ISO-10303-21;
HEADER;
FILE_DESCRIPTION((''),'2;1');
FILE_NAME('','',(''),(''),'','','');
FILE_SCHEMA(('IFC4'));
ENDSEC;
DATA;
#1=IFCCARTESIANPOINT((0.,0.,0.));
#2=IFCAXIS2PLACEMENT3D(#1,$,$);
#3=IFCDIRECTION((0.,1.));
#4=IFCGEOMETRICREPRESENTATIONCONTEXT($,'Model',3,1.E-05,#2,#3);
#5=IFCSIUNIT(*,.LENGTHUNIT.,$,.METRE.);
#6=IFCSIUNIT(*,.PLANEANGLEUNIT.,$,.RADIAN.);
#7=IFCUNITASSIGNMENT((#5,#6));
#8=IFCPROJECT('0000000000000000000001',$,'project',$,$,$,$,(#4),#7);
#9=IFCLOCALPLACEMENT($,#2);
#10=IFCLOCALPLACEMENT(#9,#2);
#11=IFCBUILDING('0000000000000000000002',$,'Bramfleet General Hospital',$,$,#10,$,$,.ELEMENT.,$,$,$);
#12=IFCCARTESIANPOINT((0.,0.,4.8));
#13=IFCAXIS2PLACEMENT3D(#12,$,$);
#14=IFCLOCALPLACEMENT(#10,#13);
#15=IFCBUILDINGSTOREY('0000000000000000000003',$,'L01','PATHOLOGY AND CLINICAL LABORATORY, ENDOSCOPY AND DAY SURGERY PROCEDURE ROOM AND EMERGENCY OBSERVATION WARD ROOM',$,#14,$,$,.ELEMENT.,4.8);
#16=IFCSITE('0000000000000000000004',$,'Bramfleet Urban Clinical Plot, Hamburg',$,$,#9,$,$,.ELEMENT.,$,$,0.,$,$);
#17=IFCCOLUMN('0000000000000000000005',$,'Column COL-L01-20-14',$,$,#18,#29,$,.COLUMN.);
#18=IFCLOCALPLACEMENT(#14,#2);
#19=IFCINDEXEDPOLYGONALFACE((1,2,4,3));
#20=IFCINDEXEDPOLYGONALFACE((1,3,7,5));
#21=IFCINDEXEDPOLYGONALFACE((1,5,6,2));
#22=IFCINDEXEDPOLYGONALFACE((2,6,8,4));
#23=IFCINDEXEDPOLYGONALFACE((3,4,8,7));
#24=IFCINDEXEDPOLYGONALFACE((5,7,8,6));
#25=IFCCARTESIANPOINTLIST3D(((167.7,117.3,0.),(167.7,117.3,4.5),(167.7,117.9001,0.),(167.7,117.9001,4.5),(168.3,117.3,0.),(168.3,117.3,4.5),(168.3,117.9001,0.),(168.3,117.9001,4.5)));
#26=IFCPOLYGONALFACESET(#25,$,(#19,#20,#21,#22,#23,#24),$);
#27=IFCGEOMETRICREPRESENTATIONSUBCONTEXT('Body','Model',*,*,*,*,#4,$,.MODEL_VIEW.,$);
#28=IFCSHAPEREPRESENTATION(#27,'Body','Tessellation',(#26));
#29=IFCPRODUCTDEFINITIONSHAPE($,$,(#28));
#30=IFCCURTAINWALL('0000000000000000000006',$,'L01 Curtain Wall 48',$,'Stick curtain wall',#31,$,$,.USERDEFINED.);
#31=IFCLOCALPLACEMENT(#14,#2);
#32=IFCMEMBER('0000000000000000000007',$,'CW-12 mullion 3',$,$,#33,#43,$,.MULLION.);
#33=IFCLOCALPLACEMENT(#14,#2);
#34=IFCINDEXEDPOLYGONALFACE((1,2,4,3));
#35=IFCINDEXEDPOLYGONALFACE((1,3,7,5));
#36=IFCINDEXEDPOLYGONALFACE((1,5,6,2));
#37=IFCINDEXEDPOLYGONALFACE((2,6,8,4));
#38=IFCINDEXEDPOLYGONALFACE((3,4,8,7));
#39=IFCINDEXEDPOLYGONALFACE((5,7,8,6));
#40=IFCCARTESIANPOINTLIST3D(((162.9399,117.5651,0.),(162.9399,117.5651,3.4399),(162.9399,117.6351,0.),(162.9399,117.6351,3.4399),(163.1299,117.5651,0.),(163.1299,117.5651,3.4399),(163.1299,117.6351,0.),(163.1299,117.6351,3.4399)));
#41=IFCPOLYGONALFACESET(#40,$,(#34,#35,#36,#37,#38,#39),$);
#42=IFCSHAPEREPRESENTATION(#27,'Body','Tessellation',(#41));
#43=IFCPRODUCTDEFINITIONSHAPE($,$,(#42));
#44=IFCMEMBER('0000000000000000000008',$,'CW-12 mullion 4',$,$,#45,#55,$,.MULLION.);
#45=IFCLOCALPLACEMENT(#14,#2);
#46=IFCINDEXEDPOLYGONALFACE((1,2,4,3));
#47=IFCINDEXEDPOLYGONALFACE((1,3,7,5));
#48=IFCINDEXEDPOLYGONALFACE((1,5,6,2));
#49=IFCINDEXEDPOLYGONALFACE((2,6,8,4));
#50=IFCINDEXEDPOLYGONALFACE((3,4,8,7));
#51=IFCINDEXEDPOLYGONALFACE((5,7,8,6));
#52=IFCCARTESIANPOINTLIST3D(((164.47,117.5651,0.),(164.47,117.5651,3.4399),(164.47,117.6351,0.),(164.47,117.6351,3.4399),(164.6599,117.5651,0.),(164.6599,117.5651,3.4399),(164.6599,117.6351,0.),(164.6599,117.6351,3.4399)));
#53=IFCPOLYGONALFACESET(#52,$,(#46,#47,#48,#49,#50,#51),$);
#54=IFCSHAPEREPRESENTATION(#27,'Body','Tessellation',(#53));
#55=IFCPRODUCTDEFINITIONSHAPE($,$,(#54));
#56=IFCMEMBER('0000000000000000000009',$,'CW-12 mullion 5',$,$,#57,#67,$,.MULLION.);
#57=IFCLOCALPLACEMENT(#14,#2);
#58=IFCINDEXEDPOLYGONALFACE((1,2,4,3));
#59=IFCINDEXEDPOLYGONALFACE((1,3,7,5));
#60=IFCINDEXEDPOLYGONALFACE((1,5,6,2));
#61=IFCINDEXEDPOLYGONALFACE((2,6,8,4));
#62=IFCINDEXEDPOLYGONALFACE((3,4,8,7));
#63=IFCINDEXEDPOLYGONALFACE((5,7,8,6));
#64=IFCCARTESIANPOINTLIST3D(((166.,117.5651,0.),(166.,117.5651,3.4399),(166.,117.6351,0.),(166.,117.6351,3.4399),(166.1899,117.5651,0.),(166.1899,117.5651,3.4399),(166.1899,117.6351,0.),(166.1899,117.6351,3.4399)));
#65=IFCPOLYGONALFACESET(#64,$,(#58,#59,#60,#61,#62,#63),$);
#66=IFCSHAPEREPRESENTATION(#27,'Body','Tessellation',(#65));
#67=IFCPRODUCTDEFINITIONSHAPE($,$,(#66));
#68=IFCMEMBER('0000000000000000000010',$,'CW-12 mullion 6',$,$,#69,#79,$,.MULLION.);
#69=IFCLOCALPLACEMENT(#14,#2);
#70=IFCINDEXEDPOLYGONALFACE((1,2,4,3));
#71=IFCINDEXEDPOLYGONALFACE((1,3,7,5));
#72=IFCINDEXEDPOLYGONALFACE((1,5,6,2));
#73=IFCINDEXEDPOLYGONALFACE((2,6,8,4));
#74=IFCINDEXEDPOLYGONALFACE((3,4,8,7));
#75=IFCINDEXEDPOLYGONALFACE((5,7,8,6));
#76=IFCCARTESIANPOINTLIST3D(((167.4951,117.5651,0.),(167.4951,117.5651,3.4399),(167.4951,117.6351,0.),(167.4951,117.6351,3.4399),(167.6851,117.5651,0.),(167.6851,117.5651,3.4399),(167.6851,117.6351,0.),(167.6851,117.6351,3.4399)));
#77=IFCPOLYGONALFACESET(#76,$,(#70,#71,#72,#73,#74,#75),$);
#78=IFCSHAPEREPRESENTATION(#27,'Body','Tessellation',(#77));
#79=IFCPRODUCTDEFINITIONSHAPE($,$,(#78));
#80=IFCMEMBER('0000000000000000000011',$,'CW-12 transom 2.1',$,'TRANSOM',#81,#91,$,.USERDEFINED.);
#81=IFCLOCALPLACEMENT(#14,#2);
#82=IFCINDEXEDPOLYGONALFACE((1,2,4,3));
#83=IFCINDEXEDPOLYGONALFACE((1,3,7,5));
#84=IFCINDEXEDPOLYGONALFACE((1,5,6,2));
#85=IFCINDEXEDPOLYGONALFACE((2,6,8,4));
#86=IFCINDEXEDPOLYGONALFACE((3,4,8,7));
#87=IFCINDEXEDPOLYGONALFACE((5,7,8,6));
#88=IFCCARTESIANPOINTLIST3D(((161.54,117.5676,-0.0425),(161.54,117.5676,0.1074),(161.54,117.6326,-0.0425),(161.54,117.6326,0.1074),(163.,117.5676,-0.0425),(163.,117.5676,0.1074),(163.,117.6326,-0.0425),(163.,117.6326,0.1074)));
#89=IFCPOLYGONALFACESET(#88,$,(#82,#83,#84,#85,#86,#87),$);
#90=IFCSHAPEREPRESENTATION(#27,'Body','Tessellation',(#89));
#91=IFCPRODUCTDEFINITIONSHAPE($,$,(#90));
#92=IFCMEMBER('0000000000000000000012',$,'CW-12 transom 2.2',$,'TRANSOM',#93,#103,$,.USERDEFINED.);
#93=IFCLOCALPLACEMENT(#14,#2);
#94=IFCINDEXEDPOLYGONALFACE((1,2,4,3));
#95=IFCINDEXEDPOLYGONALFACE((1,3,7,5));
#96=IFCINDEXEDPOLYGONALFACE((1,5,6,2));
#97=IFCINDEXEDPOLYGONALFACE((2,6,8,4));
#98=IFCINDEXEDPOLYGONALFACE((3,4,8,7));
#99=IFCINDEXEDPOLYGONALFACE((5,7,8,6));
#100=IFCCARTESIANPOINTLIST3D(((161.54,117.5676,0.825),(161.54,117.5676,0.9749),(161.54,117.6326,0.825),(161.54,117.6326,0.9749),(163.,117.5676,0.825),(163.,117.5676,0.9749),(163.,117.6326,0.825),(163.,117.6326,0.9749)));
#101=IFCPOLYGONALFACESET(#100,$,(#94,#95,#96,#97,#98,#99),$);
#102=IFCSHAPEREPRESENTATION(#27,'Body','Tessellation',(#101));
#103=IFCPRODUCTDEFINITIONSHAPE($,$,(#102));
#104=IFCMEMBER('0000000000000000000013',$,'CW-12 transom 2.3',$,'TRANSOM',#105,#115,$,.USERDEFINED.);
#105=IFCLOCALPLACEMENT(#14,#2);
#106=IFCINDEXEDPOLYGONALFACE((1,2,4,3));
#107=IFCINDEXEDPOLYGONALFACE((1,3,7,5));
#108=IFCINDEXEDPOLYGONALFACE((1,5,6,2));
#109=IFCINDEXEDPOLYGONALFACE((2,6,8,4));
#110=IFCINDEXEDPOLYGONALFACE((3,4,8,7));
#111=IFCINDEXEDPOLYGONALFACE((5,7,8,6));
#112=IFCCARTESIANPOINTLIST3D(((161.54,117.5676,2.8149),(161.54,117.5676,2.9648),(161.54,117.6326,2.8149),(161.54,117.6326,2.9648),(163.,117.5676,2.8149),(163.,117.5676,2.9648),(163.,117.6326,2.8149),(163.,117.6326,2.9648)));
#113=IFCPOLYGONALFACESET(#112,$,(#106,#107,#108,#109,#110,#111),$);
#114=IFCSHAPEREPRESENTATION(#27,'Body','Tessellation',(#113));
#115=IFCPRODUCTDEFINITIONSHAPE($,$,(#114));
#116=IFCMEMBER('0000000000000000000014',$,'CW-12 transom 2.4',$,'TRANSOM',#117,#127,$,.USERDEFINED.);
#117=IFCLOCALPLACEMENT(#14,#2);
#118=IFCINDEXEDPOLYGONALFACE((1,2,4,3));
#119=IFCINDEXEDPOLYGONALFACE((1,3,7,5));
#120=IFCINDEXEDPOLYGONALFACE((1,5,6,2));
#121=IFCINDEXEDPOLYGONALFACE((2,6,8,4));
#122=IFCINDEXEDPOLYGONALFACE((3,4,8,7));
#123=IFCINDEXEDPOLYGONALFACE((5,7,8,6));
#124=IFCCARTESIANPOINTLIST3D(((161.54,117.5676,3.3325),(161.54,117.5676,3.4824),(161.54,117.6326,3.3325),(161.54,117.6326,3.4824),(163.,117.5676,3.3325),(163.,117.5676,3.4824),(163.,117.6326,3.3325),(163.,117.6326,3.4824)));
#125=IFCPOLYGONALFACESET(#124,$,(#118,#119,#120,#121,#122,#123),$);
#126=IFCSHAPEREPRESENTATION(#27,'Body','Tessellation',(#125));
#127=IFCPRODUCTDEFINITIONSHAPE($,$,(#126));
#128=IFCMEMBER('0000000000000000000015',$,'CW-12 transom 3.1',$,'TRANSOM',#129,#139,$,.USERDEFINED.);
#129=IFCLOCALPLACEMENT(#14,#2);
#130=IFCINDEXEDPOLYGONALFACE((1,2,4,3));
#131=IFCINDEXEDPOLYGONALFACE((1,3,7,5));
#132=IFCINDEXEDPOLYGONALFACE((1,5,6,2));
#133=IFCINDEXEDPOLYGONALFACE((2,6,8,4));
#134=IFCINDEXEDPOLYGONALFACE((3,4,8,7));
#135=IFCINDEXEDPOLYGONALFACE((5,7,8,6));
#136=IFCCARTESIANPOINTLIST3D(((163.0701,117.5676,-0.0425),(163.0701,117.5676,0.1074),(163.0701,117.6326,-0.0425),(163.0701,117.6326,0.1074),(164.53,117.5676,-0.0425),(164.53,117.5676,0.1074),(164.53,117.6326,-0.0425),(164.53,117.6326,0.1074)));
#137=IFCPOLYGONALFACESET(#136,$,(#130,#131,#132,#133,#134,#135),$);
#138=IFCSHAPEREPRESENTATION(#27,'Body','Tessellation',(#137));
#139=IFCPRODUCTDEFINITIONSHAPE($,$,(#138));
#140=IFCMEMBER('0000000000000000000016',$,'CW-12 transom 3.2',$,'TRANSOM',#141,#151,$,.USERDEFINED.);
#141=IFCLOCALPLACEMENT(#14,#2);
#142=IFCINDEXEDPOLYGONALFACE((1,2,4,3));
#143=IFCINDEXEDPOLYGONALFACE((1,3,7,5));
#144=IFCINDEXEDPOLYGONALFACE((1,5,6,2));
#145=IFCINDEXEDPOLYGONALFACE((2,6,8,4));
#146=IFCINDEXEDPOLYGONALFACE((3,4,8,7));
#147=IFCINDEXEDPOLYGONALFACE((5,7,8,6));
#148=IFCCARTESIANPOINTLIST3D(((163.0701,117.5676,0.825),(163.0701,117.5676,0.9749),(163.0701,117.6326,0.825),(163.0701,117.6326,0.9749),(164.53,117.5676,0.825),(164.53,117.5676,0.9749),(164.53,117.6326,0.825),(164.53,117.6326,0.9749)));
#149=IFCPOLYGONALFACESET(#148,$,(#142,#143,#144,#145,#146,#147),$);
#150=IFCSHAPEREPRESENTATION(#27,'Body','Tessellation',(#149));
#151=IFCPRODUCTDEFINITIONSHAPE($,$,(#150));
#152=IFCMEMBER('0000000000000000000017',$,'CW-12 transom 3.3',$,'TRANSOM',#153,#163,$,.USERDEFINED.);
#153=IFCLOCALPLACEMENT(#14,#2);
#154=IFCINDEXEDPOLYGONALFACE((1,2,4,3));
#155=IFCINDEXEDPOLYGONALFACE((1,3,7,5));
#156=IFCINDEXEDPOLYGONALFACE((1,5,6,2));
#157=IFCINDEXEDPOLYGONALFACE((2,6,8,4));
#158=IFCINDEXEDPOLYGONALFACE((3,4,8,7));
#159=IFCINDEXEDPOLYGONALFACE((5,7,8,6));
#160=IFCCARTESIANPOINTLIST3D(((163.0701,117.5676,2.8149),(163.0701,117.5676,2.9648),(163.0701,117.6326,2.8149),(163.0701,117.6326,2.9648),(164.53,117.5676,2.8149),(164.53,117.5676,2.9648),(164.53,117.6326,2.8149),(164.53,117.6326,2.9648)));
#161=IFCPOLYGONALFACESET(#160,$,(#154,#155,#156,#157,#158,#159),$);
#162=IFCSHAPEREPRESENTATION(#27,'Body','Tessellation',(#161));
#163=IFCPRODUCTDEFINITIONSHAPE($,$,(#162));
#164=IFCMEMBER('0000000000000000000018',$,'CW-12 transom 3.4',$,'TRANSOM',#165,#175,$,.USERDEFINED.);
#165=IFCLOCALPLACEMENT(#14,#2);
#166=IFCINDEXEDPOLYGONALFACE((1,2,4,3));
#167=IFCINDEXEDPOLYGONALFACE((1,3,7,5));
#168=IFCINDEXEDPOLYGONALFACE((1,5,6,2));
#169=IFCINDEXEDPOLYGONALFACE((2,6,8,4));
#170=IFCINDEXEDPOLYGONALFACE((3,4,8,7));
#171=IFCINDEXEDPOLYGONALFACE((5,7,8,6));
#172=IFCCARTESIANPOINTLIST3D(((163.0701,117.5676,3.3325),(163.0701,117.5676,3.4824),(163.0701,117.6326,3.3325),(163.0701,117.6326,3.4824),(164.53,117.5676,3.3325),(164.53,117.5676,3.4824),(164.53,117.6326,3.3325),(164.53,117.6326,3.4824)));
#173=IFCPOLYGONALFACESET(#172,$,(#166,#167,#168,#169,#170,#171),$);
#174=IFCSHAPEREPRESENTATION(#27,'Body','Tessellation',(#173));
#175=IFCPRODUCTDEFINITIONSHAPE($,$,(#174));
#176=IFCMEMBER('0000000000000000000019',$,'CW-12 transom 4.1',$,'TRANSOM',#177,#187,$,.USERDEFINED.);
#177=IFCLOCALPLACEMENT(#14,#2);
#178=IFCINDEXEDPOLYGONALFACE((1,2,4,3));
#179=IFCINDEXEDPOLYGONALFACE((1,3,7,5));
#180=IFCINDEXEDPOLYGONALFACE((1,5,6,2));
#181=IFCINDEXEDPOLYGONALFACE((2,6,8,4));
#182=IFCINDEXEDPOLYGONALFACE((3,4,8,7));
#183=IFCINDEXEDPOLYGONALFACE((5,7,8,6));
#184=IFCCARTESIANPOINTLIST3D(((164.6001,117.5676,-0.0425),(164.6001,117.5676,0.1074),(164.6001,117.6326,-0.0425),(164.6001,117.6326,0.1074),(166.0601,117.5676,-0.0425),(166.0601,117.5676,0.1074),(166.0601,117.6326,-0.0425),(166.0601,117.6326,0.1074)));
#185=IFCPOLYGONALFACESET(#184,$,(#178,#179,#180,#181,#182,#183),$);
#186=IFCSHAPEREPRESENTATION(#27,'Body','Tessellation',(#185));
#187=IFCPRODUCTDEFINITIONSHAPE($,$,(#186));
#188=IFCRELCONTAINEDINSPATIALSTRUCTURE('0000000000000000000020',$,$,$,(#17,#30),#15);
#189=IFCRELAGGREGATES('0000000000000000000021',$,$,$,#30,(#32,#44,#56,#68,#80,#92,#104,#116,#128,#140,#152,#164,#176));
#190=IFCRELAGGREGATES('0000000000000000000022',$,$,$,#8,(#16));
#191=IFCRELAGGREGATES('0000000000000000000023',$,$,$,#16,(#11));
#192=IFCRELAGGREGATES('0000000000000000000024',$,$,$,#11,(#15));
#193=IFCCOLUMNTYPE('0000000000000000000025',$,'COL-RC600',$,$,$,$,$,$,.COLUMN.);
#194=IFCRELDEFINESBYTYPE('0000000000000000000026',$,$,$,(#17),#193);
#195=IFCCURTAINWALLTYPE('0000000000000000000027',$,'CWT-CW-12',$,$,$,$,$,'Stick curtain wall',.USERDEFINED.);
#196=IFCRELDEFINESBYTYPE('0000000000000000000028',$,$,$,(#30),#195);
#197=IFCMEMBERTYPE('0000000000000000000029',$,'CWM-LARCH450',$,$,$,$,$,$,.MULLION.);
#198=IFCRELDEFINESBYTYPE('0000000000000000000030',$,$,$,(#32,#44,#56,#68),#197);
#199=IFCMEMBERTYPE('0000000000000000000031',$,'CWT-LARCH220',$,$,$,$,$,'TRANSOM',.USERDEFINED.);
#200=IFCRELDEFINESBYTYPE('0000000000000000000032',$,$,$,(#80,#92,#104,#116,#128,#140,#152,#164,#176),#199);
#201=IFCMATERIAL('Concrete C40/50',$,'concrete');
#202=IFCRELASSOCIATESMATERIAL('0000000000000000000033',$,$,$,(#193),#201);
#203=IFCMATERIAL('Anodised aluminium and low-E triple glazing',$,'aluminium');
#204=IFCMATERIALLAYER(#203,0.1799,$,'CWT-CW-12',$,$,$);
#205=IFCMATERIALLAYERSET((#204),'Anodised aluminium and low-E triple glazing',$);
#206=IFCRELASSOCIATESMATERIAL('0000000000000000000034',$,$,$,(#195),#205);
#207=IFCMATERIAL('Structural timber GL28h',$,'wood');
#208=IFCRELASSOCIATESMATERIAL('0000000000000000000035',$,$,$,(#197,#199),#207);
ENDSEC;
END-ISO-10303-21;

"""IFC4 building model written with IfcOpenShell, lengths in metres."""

from ifc_helpers import new_model, si_unit, direction, frame, origin, origin_2d, place, context, subcontext, project, spatial, rectangle, extrude, material, layer, layer_set, material_profile, profile_set, type_object, element, aggregate, save


model = new_model("IFC4")

# Units and contexts
model_context = context("Model", 3, precision=1e-05, world=origin(), true_north=direction((0.0, 1.0)))
body_context = subcontext(model_context, "Body", "Model", "MODEL_VIEW")
ifc_project = project(units=[si_unit("LENGTHUNIT", "METRE"), si_unit("PLANEANGLEUNIT", "RADIAN")], contexts=[model_context])

# Site, building, storey
site_placement = place(None, origin())
site = spatial("IfcSite", under=ifc_project, at=site_placement, Name="Bramfleet Urban Clinical Plot, Hamburg", CompositionType="ELEMENT", RefElevation=0.0)
building_placement = place(site_placement, origin())
building = spatial("IfcBuilding", under=site, at=building_placement, Name="Bramfleet General Hospital", CompositionType="ELEMENT")
storey_placement = place(building_placement, frame((0.0, 0.0, 4.8)))
storey = spatial("IfcBuildingStorey", under=building, at=storey_placement, Name="L01", Description="PATHOLOGY AND CLINICAL LABORATORY, ENDOSCOPY AND DAY SURGERY PROCEDURE ROOM AND EMERGENCY OBSERVATION WARD ROOM", CompositionType="ELEMENT", Elevation=4.8)

# Column
ifc_material_1 = material(Name="Concrete C40/50", Category="concrete")
ifc_material_profile_1 = material_profile(ifc_material_1, rectangle(XDim=0.6001, YDim=0.6001, at=origin_2d()), Name="RC COL 600x600")
ifc_profile_set_1 = profile_set([ifc_material_profile_1], Name="Concrete C40/50")
column_type = type_object("IfcColumnType", Name="COL-RC600", PredefinedType="COLUMN", material=ifc_profile_set_1)
column_placement = place(storey_placement, frame((168.0, 117.6001, 0.0), z_axis=(0.0, 0.0, 1.0), x_axis=(1.0, 0.0, 0.0)))
element("IfcColumn", 1, at=column_placement, inside=storey, type_object=column_type, Name="Column COL-L01-20-14", PredefinedType="COLUMN", context=body_context, shape_type="SweptSolid", body=[
    extrude(rectangle(XDim=0.6001, YDim=0.6001, at=origin_2d()), origin(), (0.0, 0.0, 1.0), 4.5),
])

# Curtain wall, members
ifc_material_2 = material(Name="Anodised aluminium and low-E triple glazing", Category="aluminium")
ifc_layer_1 = layer(ifc_material_2, 0.1799, Name="CWT-CW-12")
ifc_layer_set_1 = layer_set([ifc_layer_1], Name="Anodised aluminium and low-E triple glazing")
curtain_wall_type = type_object("IfcCurtainWallType", Name="CWT-CW-12", ElementType="Stick curtain wall", PredefinedType="USERDEFINED", material=ifc_layer_set_1)
curtain_wall_placement = place(storey_placement, origin())
curtain_wall = element("IfcCurtainWall", 2, at=curtain_wall_placement, inside=storey, type_object=curtain_wall_type, Name="L01 Curtain Wall 48", ObjectType="Stick curtain wall", PredefinedType="USERDEFINED")
ifc_material_3 = material(Name="Structural timber GL28h", Category="wood")
ifc_material_profile_2 = material_profile(ifc_material_3, rectangle(XDim=0.0701, YDim=0.1899, at=origin_2d()), Name="LARCH 190x70")
ifc_profile_set_2 = profile_set([ifc_material_profile_2], Name="Structural timber GL28h")
member_type_1 = type_object("IfcMemberType", Name="CWM-LARCH450", PredefinedType="MULLION", material=ifc_profile_set_2)
member_1_placement = place(storey_placement, frame((163.0349, 117.6001, 0.0), z_axis=(0.0, 0.0, 1.0), x_axis=(0.0, 1.0, 0.0)))
member_1 = element("IfcMember", 3, at=member_1_placement, type_object=member_type_1, Name="CW-12 mullion 3", PredefinedType="MULLION", context=body_context, shape_type="SweptSolid", body=[
    extrude(rectangle(XDim=0.0701, YDim=0.1899, at=origin_2d()), origin(), (0.0, 0.0, 1.0), 3.4399),
])
member_2_placement = place(storey_placement, frame((164.5649, 117.6001, 0.0), z_axis=(0.0, 0.0, 1.0), x_axis=(0.0, 1.0, 0.0)))
member_2 = element("IfcMember", 4, at=member_2_placement, type_object=member_type_1, Name="CW-12 mullion 4", PredefinedType="MULLION", context=body_context, shape_type="SweptSolid", body=[
    extrude(rectangle(XDim=0.0701, YDim=0.1899, at=origin_2d()), origin(), (0.0, 0.0, 1.0), 3.4399),
])
member_3_placement = place(storey_placement, frame((166.095, 117.6001, 0.0), z_axis=(0.0, 0.0, 1.0), x_axis=(0.0, 1.0, 0.0)))
member_3 = element("IfcMember", 5, at=member_3_placement, type_object=member_type_1, Name="CW-12 mullion 5", PredefinedType="MULLION", context=body_context, shape_type="SweptSolid", body=[
    extrude(rectangle(XDim=0.0701, YDim=0.1899, at=origin_2d()), origin(), (0.0, 0.0, 1.0), 3.4399),
])
member_4_placement = place(storey_placement, frame((167.5901, 117.6001, 0.0), z_axis=(0.0, 0.0, 1.0), x_axis=(0.0, 1.0, 0.0)))
member_4 = element("IfcMember", 6, at=member_4_placement, type_object=member_type_1, Name="CW-12 mullion 6", PredefinedType="MULLION", context=body_context, shape_type="SweptSolid", body=[
    extrude(rectangle(XDim=0.0701, YDim=0.1899, at=origin_2d()), origin(), (0.0, 0.0, 1.0), 3.4399),
])
ifc_material_profile_3 = material_profile(ifc_material_3, rectangle(XDim=0.0649, YDim=0.1499, at=origin_2d()), Name="LARCH 150x65")
ifc_profile_set_3 = profile_set([ifc_material_profile_3], Name="Structural timber GL28h")
member_type_2 = type_object("IfcMemberType", Name="CWT-LARCH220", ElementType="TRANSOM", PredefinedType="USERDEFINED", material=ifc_profile_set_3)
member_5_placement = place(storey_placement, frame((161.54, 117.6001, 0.0325), z_axis=(1.0, 0.0, 0.0), x_axis=(0.0, 1.0, 0.0)))
member_5 = element("IfcMember", 7, at=member_5_placement, type_object=member_type_2, Name="CW-12 transom 2.1", ObjectType="TRANSOM", PredefinedType="USERDEFINED", context=body_context, shape_type="SweptSolid", body=[
    extrude(rectangle(XDim=0.0649, YDim=0.1499, at=origin_2d()), origin(), (0.0, 0.0, 1.0), 1.46),
])
member_6_placement = place(storey_placement, frame((161.54, 117.6001, 0.8999), z_axis=(1.0, 0.0, 0.0), x_axis=(0.0, 1.0, 0.0)))
member_6 = element("IfcMember", 8, at=member_6_placement, type_object=member_type_2, Name="CW-12 transom 2.2", ObjectType="TRANSOM", PredefinedType="USERDEFINED", context=body_context, shape_type="SweptSolid", body=[
    extrude(rectangle(XDim=0.0649, YDim=0.1499, at=origin_2d()), origin(), (0.0, 0.0, 1.0), 1.46),
])
member_7_placement = place(storey_placement, frame((161.54, 117.6001, 2.8899), z_axis=(1.0, 0.0, 0.0), x_axis=(0.0, 1.0, 0.0)))
member_7 = element("IfcMember", 9, at=member_7_placement, type_object=member_type_2, Name="CW-12 transom 2.3", ObjectType="TRANSOM", PredefinedType="USERDEFINED", context=body_context, shape_type="SweptSolid", body=[
    extrude(rectangle(XDim=0.0649, YDim=0.1499, at=origin_2d()), origin(), (0.0, 0.0, 1.0), 1.46),
])
member_8_placement = place(storey_placement, frame((161.54, 117.6001, 3.4075), z_axis=(1.0, 0.0, 0.0), x_axis=(0.0, 1.0, 0.0)))
member_8 = element("IfcMember", 10, at=member_8_placement, type_object=member_type_2, Name="CW-12 transom 2.4", ObjectType="TRANSOM", PredefinedType="USERDEFINED", context=body_context, shape_type="SweptSolid", body=[
    extrude(rectangle(XDim=0.0649, YDim=0.1499, at=origin_2d()), origin(), (0.0, 0.0, 1.0), 1.46),
])
member_9_placement = place(storey_placement, frame((163.0701, 117.6001, 0.0325), z_axis=(1.0, 0.0, 0.0), x_axis=(0.0, 1.0, 0.0)))
member_9 = element("IfcMember", 11, at=member_9_placement, type_object=member_type_2, Name="CW-12 transom 3.1", ObjectType="TRANSOM", PredefinedType="USERDEFINED", context=body_context, shape_type="SweptSolid", body=[
    extrude(rectangle(XDim=0.0649, YDim=0.1499, at=origin_2d()), origin(), (0.0, 0.0, 1.0), 1.46),
])
member_10_placement = place(storey_placement, frame((163.0701, 117.6001, 0.8999), z_axis=(1.0, 0.0, 0.0), x_axis=(0.0, 1.0, 0.0)))
member_10 = element("IfcMember", 12, at=member_10_placement, type_object=member_type_2, Name="CW-12 transom 3.2", ObjectType="TRANSOM", PredefinedType="USERDEFINED", context=body_context, shape_type="SweptSolid", body=[
    extrude(rectangle(XDim=0.0649, YDim=0.1499, at=origin_2d()), origin(), (0.0, 0.0, 1.0), 1.46),
])
member_11_placement = place(storey_placement, frame((163.0701, 117.6001, 2.8899), z_axis=(1.0, 0.0, 0.0), x_axis=(0.0, 1.0, 0.0)))
member_11 = element("IfcMember", 13, at=member_11_placement, type_object=member_type_2, Name="CW-12 transom 3.3", ObjectType="TRANSOM", PredefinedType="USERDEFINED", context=body_context, shape_type="SweptSolid", body=[
    extrude(rectangle(XDim=0.0649, YDim=0.1499, at=origin_2d()), origin(), (0.0, 0.0, 1.0), 1.46),
])
member_12_placement = place(storey_placement, frame((163.0701, 117.6001, 3.4075), z_axis=(1.0, 0.0, 0.0), x_axis=(0.0, 1.0, 0.0)))
member_12 = element("IfcMember", 14, at=member_12_placement, type_object=member_type_2, Name="CW-12 transom 3.4", ObjectType="TRANSOM", PredefinedType="USERDEFINED", context=body_context, shape_type="SweptSolid", body=[
    extrude(rectangle(XDim=0.0649, YDim=0.1499, at=origin_2d()), origin(), (0.0, 0.0, 1.0), 1.46),
])
member_13_placement = place(storey_placement, frame((164.6001, 117.6001, 0.0325), z_axis=(1.0, 0.0, 0.0), x_axis=(0.0, 1.0, 0.0)))
member_13 = element("IfcMember", 15, at=member_13_placement, type_object=member_type_2, Name="CW-12 transom 4.1", ObjectType="TRANSOM", PredefinedType="USERDEFINED", context=body_context, shape_type="SweptSolid", body=[
    extrude(rectangle(XDim=0.0649, YDim=0.1499, at=origin_2d()), origin(), (0.0, 0.0, 1.0), 1.46),
])
aggregate(curtain_wall, [member_1, member_2, member_3, member_4, member_5, member_6, member_7, member_8, member_9, member_10, member_11, member_12, member_13])

save(model, "model.ifc")
